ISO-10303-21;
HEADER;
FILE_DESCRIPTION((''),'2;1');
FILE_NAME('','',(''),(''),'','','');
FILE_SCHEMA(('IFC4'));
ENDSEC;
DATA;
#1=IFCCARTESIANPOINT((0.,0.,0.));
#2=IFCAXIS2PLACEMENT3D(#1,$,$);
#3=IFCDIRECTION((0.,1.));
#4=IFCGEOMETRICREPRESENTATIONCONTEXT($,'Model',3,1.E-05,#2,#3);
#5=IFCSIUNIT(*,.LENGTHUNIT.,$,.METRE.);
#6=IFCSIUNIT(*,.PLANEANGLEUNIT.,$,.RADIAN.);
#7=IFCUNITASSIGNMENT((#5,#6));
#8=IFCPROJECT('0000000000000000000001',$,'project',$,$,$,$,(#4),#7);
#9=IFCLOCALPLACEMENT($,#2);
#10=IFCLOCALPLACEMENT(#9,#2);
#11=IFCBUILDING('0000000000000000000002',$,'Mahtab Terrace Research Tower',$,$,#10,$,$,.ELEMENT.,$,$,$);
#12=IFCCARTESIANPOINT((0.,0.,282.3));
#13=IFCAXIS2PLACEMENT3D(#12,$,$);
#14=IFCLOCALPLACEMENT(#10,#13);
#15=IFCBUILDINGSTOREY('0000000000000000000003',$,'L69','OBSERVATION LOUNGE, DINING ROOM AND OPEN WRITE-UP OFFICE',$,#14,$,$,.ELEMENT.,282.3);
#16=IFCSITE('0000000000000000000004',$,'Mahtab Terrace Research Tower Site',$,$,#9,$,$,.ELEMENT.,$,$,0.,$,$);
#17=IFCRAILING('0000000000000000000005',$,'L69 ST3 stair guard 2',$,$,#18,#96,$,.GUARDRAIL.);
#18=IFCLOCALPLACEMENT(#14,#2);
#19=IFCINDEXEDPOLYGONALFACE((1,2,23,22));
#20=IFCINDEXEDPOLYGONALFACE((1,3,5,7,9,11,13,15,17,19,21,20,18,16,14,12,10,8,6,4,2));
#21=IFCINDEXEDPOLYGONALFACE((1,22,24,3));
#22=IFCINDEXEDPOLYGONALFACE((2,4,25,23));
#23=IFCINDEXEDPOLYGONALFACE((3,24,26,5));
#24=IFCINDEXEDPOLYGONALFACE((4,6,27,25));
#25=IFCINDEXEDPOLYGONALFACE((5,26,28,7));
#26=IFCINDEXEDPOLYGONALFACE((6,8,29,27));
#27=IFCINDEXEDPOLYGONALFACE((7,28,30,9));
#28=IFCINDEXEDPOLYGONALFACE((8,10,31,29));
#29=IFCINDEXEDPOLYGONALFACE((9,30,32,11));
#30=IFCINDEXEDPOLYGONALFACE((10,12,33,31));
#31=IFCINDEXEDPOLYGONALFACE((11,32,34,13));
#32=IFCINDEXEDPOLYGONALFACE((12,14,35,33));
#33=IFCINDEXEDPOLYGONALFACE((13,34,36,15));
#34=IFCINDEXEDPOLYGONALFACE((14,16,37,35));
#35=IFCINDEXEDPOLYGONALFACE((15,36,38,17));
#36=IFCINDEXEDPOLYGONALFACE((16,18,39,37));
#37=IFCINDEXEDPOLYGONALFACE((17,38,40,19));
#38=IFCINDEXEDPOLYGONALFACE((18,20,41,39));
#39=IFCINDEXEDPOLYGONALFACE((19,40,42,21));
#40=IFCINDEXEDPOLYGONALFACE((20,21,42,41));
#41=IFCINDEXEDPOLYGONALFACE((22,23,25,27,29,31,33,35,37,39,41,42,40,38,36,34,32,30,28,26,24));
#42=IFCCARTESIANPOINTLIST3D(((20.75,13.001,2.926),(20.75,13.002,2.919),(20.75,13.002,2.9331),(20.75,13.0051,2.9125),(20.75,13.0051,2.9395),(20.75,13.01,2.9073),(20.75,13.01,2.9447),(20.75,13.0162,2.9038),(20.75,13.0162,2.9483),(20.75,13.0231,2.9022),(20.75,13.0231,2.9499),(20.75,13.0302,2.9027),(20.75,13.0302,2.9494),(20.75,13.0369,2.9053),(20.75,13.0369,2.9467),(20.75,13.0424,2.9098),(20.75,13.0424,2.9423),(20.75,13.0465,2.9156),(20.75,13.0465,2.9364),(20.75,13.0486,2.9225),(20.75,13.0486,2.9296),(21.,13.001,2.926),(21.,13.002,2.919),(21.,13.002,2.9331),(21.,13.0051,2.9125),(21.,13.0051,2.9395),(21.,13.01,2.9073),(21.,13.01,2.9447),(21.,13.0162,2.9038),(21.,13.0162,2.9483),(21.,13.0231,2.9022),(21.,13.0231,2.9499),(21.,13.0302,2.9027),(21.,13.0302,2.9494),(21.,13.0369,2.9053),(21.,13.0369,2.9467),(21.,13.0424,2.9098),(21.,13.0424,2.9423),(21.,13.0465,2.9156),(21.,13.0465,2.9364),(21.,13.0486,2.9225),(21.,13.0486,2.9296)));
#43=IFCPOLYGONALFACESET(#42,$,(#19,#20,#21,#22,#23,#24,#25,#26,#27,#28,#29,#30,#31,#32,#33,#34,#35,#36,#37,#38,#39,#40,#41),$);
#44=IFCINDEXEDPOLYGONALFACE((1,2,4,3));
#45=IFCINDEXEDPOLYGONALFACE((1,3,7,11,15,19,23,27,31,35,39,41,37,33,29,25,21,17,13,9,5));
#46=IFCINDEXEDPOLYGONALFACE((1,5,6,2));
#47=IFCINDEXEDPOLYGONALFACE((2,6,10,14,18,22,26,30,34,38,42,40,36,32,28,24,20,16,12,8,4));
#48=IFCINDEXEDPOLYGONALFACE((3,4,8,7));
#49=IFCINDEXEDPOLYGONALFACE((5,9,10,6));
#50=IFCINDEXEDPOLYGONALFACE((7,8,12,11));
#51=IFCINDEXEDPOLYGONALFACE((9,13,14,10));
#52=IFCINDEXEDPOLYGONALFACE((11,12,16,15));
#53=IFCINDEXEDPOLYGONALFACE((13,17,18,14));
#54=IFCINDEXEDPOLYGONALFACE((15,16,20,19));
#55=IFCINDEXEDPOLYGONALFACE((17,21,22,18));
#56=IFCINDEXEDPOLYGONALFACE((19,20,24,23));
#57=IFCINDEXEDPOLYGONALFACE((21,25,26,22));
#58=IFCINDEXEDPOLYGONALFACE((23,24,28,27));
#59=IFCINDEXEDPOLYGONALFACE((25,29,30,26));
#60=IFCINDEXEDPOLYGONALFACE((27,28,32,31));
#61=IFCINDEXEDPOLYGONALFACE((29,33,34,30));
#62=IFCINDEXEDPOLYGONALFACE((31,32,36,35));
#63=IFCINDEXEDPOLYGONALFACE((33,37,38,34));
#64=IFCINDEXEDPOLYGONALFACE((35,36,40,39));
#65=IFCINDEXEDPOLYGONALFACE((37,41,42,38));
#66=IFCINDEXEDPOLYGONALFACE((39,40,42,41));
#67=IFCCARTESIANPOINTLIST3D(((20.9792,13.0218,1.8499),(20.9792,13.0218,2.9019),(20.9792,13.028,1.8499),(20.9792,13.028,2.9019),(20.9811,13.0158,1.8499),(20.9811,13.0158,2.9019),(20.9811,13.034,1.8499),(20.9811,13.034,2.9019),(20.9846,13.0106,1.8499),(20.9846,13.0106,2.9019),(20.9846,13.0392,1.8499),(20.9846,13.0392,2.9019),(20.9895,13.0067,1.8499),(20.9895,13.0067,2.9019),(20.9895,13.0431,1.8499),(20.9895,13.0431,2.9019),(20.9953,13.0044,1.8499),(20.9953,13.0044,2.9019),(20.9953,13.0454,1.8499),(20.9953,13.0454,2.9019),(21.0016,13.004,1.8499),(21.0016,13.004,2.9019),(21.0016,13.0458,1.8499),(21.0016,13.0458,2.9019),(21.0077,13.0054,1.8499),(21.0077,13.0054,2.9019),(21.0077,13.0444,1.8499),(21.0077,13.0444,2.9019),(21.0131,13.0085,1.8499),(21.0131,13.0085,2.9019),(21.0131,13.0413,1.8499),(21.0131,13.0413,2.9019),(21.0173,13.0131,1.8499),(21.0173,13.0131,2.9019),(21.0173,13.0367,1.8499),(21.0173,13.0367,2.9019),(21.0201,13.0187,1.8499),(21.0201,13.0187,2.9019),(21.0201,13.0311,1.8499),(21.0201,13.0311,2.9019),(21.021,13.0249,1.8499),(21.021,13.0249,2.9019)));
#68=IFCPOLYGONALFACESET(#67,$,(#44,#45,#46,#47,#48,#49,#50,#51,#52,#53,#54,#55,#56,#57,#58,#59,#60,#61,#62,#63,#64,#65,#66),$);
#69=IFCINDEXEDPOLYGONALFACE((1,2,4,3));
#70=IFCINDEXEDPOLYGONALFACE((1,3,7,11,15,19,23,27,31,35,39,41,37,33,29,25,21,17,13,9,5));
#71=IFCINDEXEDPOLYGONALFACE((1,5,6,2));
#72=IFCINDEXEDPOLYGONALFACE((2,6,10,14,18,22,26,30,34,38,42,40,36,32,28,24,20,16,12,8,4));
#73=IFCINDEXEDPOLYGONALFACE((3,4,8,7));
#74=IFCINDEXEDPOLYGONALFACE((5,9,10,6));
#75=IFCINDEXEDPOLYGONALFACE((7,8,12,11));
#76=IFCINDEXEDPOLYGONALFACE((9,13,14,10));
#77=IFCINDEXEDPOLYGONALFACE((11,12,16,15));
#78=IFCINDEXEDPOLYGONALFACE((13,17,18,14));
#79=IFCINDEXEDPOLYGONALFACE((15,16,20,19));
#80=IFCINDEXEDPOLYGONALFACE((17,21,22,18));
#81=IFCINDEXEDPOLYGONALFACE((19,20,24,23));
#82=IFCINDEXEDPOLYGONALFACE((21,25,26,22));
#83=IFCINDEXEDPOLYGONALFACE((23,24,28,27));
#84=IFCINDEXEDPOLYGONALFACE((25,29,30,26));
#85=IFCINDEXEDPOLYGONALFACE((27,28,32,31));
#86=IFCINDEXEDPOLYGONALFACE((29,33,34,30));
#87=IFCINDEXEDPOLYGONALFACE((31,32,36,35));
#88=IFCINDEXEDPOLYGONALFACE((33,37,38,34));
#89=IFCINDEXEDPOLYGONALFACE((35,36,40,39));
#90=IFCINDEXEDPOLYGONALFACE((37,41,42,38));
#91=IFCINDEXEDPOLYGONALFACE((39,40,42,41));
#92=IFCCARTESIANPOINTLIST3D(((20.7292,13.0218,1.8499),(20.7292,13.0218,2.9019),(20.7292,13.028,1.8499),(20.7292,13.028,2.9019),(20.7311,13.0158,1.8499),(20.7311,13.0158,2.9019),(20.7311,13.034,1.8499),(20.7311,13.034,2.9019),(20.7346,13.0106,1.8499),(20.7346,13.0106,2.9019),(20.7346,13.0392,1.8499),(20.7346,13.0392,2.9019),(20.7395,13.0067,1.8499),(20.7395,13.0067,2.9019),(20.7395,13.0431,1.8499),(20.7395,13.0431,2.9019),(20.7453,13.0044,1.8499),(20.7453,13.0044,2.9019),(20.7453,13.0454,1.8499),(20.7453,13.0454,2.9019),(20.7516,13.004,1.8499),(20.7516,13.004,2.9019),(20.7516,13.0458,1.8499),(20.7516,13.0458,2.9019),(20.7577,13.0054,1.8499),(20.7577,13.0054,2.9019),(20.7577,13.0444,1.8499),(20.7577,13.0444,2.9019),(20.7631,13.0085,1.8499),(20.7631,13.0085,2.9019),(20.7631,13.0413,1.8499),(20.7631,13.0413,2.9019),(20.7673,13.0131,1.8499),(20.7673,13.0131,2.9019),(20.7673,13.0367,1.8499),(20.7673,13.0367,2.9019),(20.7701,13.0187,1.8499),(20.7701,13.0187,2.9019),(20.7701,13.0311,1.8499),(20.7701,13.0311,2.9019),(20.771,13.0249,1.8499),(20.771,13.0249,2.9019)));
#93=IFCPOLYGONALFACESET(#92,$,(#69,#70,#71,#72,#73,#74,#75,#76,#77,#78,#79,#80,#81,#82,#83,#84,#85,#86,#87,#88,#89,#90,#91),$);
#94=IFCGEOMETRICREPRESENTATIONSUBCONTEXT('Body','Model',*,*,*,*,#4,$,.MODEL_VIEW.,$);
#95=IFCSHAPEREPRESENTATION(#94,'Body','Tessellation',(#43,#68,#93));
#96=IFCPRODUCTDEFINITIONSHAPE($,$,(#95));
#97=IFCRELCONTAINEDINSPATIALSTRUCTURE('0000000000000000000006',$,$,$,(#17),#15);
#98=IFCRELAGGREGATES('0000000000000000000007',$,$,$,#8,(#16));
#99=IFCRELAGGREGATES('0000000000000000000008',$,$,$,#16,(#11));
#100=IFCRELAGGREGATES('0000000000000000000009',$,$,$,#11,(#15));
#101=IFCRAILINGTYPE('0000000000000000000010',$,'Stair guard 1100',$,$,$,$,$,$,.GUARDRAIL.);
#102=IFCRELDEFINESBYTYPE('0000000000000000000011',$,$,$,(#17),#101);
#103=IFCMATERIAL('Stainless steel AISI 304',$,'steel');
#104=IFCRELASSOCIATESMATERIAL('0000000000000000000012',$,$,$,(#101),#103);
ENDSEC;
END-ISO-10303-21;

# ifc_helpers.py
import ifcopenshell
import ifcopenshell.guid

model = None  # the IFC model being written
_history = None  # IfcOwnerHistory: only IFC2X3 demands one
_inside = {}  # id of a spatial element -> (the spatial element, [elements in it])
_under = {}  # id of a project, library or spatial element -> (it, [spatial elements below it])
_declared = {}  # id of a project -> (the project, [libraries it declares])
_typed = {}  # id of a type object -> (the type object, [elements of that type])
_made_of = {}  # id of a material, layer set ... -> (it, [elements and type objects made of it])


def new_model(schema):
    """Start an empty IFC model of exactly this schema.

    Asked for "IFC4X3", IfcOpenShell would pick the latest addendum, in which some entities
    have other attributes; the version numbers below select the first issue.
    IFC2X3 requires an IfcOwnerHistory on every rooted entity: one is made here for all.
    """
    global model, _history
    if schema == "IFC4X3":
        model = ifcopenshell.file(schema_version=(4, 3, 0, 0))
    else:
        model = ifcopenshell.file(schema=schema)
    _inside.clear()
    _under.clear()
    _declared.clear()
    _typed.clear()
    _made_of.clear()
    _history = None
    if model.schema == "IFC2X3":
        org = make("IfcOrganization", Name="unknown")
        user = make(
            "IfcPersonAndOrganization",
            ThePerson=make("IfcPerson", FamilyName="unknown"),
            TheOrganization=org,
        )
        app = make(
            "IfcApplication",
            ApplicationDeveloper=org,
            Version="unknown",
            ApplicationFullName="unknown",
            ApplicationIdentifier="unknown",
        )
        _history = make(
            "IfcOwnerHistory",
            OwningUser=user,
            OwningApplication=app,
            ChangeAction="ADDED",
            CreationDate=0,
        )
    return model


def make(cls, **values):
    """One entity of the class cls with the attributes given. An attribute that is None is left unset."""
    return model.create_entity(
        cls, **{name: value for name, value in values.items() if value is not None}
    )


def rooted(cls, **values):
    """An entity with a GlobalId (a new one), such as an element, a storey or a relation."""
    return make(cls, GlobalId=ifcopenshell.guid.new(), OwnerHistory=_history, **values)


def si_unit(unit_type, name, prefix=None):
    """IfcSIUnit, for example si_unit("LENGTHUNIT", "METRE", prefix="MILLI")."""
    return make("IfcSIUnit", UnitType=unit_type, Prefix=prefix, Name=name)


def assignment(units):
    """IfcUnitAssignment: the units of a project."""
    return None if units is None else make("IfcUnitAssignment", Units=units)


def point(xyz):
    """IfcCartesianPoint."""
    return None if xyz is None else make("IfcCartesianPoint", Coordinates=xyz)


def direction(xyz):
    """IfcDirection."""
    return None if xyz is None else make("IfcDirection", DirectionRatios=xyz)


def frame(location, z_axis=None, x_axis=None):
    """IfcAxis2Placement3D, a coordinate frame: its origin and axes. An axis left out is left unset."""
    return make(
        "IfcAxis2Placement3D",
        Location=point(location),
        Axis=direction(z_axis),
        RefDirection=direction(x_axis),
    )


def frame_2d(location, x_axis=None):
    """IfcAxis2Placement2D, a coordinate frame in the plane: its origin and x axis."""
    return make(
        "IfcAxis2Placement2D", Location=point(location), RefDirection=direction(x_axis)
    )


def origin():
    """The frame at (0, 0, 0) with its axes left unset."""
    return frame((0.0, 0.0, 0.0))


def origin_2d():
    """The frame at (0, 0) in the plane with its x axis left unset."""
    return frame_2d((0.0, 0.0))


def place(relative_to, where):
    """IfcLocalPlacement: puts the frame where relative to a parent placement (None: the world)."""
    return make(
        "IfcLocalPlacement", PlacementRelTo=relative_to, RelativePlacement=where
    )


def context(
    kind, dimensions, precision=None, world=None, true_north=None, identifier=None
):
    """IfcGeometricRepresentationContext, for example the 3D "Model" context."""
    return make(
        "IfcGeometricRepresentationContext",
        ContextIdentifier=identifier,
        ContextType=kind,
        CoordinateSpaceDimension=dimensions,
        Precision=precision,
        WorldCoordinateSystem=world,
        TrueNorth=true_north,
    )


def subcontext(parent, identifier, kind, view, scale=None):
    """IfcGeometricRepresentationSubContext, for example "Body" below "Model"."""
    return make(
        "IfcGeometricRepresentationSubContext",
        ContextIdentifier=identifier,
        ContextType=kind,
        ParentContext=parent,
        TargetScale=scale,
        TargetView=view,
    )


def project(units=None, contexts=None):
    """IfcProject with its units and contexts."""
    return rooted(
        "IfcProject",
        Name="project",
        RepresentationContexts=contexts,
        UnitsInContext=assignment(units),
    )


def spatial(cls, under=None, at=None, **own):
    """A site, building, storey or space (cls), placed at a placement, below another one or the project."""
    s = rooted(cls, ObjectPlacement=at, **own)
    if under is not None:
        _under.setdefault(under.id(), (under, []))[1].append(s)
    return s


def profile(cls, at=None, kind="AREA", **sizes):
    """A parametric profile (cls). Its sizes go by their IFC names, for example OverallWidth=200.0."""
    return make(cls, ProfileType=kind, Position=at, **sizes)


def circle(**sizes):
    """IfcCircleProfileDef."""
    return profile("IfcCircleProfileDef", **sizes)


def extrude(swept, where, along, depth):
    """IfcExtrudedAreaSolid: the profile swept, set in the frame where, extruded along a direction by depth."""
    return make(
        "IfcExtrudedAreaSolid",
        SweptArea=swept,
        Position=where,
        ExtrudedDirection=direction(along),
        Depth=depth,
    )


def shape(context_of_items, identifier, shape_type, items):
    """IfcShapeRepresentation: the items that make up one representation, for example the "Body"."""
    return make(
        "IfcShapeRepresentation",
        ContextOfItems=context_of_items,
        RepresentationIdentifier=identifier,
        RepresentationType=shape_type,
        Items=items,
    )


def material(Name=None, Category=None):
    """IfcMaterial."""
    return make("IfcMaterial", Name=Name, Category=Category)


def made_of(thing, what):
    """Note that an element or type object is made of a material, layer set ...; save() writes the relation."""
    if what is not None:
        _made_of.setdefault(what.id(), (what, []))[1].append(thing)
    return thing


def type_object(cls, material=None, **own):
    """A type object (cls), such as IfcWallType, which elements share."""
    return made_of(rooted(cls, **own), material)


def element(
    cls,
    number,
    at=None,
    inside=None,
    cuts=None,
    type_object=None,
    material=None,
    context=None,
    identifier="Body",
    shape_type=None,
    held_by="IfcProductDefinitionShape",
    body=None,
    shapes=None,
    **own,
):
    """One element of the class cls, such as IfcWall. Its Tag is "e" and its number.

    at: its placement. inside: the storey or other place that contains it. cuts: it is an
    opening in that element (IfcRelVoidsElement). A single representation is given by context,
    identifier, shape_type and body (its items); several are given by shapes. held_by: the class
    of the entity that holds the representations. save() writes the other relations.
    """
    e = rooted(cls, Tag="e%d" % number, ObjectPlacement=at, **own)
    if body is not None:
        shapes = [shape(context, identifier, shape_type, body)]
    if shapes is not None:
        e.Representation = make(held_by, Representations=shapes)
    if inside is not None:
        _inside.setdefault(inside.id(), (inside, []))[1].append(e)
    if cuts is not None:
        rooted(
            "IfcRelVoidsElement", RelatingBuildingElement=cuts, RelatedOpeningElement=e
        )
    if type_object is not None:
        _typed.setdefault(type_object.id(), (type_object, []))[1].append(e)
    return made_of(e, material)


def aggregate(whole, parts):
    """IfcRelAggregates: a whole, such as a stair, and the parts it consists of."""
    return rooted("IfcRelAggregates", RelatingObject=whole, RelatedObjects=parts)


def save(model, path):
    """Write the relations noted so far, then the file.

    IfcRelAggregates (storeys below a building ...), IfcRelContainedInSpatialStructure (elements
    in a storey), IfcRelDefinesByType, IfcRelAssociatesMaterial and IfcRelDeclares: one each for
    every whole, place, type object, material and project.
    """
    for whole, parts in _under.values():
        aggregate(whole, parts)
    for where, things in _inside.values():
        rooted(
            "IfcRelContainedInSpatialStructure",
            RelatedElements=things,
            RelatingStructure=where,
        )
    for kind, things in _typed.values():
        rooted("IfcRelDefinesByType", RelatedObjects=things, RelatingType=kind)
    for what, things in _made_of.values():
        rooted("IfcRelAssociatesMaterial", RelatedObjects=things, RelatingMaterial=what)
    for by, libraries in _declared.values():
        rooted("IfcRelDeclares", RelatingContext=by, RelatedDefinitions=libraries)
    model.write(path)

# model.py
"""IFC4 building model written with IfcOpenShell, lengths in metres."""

from ifc_helpers import new_model, si_unit, direction, frame, origin, origin_2d, place, context, subcontext, project, spatial, circle, extrude, material, type_object, element, save


model = new_model("IFC4")

# Units and contexts
model_context = context("Model", 3, precision=1e-05, world=origin(), true_north=direction((0.0, 1.0)))
body_context = subcontext(model_context, "Body", "Model", "MODEL_VIEW")
ifc_project = project(units=[si_unit("LENGTHUNIT", "METRE"), si_unit("PLANEANGLEUNIT", "RADIAN")], contexts=[model_context])

# Site, building, storey
site_placement = place(None, origin())
site = spatial("IfcSite", under=ifc_project, at=site_placement, Name="Mahtab Terrace Research Tower Site", CompositionType="ELEMENT", RefElevation=0.0)
building_placement = place(site_placement, origin())
building = spatial("IfcBuilding", under=site, at=building_placement, Name="Mahtab Terrace Research Tower", CompositionType="ELEMENT")
storey_placement = place(building_placement, frame((0.0, 0.0, 282.3)))
storey = spatial("IfcBuildingStorey", under=building, at=storey_placement, Name="L69", Description="OBSERVATION LOUNGE, DINING ROOM AND OPEN WRITE-UP OFFICE", CompositionType="ELEMENT", Elevation=282.3)

# Railing
ifc_material_1 = material(Name="Stainless steel AISI 304", Category="steel")
railing_type_1 = type_object("IfcRailingType", Name="Stair guard 1100", PredefinedType="GUARDRAIL", material=ifc_material_1)
railing_1_placement = place(storey_placement, frame((21.0, 13.0249, 1.8499)))
element("IfcRailing", 1, at=railing_1_placement, inside=storey, type_object=railing_type_1, Name="L69 ST3 stair guard 2", PredefinedType="GUARDRAIL", context=body_context, shape_type="SweptSolid", body=[
    extrude(circle(Radius=0.0239, at=origin_2d()), frame((0.0, 0.0, 1.0762), z_axis=(-1.0, 0.0, 0.0), x_axis=(0.0, -1.0, 0.0)), (0.0, 0.0, 1.0), 0.25),
    extrude(circle(Radius=0.021, at=origin_2d()), origin(), (0.0, 0.0, 1.0), 1.052),
    extrude(circle(Radius=0.021, at=origin_2d()), frame((-0.25, 0.0, 0.0)), (0.0, 0.0, 1.0), 1.052),
])

save(model, "model.ifc")
